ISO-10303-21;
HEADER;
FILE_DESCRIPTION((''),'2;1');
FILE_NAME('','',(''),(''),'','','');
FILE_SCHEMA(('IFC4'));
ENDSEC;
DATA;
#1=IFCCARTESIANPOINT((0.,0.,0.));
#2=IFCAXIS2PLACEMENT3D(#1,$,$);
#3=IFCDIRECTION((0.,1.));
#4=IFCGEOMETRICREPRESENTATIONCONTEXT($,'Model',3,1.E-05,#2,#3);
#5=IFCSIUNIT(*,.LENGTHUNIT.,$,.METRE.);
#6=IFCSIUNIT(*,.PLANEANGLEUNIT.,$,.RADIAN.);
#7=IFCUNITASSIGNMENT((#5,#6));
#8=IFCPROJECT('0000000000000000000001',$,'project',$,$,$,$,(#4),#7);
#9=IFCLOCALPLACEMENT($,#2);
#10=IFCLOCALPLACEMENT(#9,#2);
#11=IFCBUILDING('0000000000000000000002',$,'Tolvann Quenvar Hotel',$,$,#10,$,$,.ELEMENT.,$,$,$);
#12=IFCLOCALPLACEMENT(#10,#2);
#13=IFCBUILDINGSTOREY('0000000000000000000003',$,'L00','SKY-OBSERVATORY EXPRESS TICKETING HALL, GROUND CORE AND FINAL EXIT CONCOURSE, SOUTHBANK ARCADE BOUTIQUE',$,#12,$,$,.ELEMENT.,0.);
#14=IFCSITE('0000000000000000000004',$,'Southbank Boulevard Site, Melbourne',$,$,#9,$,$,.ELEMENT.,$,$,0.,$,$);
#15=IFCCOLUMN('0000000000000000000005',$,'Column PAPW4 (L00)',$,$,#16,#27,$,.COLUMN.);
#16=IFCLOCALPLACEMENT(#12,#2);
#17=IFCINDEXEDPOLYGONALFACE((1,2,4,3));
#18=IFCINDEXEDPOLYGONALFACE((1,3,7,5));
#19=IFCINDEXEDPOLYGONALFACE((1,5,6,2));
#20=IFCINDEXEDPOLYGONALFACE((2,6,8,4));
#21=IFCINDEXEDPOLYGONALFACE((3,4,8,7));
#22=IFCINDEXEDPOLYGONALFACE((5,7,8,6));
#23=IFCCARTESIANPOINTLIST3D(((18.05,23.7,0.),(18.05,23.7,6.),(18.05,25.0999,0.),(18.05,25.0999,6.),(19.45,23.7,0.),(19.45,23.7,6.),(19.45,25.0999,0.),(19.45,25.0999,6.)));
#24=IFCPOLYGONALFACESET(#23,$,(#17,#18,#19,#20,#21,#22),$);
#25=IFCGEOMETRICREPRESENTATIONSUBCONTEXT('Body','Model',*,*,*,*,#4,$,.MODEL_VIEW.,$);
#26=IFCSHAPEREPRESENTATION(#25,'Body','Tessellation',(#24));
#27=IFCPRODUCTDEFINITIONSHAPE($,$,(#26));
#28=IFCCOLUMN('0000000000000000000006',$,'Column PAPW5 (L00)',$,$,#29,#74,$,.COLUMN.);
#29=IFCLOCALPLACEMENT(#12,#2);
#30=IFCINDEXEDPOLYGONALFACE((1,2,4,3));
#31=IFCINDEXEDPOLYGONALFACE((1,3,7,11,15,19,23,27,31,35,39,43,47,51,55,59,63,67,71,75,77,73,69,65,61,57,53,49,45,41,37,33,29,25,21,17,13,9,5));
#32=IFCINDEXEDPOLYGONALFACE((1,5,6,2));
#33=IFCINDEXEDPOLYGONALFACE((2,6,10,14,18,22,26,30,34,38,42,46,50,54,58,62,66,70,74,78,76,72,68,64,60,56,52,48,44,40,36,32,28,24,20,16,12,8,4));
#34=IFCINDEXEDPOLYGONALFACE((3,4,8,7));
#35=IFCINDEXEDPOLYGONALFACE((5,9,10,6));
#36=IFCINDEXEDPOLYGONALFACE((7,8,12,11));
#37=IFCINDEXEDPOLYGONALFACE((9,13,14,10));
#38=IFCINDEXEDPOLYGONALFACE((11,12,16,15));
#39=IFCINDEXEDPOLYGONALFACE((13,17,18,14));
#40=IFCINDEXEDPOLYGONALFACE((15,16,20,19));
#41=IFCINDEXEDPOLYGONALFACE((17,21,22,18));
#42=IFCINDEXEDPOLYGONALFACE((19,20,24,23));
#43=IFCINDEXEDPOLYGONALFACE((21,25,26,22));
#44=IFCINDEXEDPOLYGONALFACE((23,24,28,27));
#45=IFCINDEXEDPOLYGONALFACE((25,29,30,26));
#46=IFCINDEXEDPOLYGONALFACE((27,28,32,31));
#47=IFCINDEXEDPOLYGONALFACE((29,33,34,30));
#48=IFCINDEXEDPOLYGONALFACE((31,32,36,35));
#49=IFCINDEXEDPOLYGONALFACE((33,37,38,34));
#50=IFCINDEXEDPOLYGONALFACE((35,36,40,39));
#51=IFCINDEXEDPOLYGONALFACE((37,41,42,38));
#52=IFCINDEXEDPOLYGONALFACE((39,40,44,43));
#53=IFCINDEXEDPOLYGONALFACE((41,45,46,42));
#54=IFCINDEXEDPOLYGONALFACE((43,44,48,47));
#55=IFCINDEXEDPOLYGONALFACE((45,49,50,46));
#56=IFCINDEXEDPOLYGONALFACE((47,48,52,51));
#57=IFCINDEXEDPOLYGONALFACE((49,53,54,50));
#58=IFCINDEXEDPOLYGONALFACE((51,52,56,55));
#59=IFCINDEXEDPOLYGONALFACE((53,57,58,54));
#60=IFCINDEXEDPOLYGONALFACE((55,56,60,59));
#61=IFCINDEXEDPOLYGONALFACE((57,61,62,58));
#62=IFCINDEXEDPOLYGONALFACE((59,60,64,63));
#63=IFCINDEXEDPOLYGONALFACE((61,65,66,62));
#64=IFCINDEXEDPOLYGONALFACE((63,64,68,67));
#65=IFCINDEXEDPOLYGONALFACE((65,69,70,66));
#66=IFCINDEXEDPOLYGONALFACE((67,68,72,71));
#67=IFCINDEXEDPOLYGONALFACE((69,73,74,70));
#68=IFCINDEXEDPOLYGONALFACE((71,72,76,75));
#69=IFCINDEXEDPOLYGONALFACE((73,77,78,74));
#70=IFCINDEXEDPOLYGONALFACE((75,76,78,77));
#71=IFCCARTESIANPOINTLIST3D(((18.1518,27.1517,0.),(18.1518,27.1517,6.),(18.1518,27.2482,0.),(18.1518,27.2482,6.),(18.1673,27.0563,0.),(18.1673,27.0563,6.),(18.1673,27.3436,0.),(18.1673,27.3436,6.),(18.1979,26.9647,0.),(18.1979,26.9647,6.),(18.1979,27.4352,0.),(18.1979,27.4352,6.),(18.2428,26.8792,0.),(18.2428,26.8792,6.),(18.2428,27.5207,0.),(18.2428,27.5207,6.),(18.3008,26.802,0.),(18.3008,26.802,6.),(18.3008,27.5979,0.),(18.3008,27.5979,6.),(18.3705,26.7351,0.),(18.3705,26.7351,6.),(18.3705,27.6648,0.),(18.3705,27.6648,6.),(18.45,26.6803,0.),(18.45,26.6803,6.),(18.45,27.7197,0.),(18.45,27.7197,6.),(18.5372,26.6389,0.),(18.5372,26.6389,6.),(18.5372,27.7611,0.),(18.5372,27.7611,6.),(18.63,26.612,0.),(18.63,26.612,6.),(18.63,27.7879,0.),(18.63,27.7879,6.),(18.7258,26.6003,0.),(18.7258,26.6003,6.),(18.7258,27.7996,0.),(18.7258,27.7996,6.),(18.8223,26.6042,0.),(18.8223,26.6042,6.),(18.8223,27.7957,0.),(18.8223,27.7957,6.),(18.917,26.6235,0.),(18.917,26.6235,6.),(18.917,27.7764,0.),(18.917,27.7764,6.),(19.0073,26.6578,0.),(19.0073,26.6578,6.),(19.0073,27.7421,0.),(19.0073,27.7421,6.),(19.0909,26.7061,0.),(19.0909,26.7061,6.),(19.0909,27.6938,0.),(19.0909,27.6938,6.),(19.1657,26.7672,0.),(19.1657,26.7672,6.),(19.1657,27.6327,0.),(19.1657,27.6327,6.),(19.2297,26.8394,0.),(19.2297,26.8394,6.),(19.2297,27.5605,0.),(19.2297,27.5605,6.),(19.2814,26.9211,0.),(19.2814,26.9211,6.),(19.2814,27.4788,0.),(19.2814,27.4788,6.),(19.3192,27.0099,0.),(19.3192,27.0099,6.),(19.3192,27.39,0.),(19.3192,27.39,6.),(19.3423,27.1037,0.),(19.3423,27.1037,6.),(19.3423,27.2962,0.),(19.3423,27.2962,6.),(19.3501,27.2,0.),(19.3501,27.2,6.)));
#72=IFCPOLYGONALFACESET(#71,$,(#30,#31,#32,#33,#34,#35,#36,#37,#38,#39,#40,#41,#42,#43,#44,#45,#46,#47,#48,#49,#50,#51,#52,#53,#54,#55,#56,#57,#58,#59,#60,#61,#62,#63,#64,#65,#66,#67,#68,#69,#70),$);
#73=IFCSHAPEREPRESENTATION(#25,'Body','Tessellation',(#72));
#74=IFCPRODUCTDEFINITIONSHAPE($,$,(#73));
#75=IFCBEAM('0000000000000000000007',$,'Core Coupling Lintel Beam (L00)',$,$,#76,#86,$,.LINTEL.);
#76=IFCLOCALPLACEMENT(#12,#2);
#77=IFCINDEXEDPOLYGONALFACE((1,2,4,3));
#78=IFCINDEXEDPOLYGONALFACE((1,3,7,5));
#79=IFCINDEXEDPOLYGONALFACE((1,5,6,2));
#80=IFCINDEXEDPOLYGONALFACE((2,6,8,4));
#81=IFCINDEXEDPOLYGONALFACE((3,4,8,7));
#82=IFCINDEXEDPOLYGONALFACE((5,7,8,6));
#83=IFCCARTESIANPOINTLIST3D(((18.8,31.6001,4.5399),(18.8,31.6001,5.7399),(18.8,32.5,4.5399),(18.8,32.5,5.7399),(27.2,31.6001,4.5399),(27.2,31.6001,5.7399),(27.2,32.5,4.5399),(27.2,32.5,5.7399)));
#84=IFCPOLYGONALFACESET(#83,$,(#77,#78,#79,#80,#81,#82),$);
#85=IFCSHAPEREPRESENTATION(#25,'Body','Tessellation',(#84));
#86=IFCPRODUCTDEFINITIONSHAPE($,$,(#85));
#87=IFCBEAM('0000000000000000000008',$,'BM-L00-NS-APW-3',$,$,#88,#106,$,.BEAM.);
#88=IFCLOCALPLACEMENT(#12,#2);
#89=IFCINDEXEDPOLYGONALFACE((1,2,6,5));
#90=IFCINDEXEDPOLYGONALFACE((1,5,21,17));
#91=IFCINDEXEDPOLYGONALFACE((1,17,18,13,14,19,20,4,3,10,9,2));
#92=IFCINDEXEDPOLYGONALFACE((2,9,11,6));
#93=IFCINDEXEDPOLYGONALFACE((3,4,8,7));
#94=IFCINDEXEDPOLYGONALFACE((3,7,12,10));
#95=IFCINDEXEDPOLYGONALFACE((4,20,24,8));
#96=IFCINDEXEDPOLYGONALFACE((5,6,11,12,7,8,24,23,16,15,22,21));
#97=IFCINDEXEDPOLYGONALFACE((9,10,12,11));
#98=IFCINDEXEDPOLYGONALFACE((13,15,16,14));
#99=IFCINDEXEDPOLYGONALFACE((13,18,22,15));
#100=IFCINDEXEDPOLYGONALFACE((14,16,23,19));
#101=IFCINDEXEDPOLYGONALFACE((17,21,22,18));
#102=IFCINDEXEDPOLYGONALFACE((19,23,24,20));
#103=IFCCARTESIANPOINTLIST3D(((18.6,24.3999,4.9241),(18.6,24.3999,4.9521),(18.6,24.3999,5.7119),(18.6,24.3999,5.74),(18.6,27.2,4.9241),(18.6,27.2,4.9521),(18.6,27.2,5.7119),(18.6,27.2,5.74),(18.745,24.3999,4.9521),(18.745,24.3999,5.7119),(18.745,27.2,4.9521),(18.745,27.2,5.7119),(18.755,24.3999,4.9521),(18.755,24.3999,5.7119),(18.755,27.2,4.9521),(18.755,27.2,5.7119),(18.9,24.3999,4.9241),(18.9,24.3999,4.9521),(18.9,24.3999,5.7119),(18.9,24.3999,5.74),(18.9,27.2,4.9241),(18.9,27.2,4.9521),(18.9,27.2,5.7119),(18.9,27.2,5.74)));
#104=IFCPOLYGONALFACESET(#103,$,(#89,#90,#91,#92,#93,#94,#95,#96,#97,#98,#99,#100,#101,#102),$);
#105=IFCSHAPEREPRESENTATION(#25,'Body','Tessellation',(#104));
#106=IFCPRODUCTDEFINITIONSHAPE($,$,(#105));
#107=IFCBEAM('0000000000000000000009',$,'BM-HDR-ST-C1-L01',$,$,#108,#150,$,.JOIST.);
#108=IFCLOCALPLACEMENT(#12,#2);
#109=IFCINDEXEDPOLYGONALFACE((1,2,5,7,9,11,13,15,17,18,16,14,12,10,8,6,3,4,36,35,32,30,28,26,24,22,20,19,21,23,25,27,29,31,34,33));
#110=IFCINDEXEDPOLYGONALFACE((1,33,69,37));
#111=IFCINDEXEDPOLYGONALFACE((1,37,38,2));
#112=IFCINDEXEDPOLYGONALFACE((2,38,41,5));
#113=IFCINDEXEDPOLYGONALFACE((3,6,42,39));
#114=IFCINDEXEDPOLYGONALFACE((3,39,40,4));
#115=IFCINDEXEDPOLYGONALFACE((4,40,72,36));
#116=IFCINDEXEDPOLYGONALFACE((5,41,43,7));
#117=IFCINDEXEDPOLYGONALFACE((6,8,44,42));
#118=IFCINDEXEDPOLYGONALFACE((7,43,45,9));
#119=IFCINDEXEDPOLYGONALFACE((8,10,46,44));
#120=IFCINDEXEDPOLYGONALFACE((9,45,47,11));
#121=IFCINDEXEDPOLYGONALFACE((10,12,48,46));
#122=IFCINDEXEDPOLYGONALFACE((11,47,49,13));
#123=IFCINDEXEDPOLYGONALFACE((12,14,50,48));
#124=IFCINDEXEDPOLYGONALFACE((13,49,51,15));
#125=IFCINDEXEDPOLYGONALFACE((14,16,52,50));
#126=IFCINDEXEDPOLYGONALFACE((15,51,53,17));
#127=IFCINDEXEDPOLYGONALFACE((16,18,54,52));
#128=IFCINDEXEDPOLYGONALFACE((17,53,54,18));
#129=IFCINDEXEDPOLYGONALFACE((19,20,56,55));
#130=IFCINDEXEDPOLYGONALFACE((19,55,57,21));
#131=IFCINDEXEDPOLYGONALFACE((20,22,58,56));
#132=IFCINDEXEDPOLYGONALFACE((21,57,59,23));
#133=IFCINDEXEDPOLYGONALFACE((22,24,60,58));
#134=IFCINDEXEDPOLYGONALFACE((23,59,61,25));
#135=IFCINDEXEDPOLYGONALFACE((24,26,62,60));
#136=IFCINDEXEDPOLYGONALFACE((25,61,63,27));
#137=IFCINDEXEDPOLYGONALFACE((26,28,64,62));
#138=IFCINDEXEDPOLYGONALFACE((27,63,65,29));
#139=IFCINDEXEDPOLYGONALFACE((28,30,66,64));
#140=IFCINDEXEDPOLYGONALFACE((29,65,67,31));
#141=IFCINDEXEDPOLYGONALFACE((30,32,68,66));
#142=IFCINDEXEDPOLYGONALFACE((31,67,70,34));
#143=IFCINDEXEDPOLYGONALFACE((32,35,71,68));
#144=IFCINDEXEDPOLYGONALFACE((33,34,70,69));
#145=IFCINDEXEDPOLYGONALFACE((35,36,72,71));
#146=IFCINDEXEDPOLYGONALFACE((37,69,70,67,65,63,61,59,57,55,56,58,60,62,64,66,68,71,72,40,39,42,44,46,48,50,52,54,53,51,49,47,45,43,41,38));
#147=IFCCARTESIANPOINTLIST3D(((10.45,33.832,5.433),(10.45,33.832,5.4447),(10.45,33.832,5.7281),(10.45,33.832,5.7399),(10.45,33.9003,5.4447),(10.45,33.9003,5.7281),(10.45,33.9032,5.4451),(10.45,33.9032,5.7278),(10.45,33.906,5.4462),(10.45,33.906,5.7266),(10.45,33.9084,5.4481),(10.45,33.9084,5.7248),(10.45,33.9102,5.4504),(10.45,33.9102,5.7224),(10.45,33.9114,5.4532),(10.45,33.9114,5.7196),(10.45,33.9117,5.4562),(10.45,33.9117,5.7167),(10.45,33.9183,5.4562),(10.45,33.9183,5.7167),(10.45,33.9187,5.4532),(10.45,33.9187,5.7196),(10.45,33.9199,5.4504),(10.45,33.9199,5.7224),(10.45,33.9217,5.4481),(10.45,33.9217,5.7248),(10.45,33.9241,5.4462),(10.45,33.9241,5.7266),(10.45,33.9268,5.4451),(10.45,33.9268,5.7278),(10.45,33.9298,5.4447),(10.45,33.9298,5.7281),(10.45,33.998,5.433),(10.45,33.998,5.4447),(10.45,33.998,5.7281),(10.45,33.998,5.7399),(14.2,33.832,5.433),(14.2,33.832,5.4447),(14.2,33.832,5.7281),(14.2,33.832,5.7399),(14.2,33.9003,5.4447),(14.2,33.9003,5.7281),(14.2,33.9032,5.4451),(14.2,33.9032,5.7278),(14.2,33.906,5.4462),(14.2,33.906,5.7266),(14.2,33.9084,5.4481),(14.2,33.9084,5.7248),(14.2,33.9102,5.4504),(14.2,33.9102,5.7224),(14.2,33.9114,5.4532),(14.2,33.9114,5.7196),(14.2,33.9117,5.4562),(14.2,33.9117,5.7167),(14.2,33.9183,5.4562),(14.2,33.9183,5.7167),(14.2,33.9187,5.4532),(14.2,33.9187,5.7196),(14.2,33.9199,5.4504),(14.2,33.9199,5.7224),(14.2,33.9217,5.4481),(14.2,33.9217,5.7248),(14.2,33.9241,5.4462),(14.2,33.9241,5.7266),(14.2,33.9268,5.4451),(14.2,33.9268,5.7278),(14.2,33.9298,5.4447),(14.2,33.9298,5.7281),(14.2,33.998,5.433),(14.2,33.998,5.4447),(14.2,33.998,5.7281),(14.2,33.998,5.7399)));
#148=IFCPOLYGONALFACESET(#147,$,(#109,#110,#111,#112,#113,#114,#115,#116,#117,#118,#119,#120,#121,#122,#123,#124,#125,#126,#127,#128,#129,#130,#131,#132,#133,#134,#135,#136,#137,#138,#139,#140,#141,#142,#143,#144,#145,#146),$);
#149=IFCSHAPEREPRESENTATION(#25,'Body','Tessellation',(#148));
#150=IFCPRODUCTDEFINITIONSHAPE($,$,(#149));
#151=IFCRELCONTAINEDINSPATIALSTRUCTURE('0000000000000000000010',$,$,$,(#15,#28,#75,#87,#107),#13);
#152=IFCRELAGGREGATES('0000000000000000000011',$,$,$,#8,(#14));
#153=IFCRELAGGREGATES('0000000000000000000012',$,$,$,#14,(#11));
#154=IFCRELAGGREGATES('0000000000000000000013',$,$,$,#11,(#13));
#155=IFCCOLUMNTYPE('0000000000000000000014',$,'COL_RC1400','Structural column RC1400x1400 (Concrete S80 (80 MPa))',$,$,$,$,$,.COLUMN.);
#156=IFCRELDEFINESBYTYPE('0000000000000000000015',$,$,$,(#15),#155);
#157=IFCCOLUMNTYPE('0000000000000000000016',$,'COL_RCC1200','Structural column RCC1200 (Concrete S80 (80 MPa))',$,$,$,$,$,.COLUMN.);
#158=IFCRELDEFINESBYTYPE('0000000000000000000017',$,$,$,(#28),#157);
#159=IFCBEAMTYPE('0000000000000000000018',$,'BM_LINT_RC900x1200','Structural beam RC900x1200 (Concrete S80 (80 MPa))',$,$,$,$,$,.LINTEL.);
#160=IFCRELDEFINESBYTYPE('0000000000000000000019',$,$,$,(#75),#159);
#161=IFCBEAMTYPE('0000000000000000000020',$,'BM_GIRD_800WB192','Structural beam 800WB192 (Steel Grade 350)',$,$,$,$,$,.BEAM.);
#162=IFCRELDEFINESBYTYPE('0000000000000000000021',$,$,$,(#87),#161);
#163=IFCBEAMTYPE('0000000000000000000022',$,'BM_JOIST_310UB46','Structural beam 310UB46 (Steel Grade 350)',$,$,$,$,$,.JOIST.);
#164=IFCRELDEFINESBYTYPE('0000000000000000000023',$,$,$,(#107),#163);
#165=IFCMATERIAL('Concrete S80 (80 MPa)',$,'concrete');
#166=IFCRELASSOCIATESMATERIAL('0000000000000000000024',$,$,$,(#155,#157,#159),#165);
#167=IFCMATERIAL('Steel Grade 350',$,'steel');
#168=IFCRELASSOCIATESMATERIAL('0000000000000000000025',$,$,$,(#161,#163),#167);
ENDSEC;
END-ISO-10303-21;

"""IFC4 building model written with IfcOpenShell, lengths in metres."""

from ifc_helpers import new_model, si_unit, direction, frame, origin, origin_2d, place, context, subcontext, project, spatial, rectangle, circle, i_section, extrude, source, transform, mapped, material, material_profile, profile_set, type_object, type_shapes, element, save


model = new_model("IFC4")

# Units and contexts
model_context = context("Model", 3, precision=1e-05, world=origin(), true_north=direction((0.0, 1.0)))
body_context = subcontext(model_context, "Body", "Model", "MODEL_VIEW")
ifc_project = project(units=[si_unit("LENGTHUNIT", "METRE"), si_unit("PLANEANGLEUNIT", "RADIAN")], contexts=[model_context])

# Site, building, storey
site_placement = place(None, origin())
site = spatial("IfcSite", under=ifc_project, at=site_placement, Name="Southbank Boulevard Site, Melbourne", CompositionType="ELEMENT", RefElevation=0.0)
building_placement = place(site_placement, origin())
building = spatial("IfcBuilding", under=site, at=building_placement, Name="Tolvann Quenvar Hotel", CompositionType="ELEMENT")
storey_placement = place(building_placement, origin())
storey = spatial("IfcBuildingStorey", under=building, at=storey_placement, Name="L00", Description="SKY-OBSERVATORY EXPRESS TICKETING HALL, GROUND CORE AND FINAL EXIT CONCOURSE, SOUTHBANK ARCADE BOUTIQUE", CompositionType="ELEMENT", Elevation=0.0)

# Columns
ifc_material_1 = material(Name="Concrete S80 (80 MPa)", Category="concrete")
ifc_material_profile_1 = material_profile(ifc_material_1, rectangle(XDim=1.3999, YDim=1.3999, at=origin_2d()), Name="RC1400x1400")
ifc_profile_set_1 = profile_set([ifc_material_profile_1], Name="Concrete S80 (80 MPa)")
column_type_1 = type_object("IfcColumnType", Name="COL_RC1400", Description="Structural column RC1400x1400 (Concrete S80 (80 MPa))", PredefinedType="COLUMN", material=ifc_profile_set_1)
shared_shape_1 = source(origin(), body_context, "Body", "SweptSolid", [
    extrude(rectangle(XDim=1.3999, YDim=1.3999, at=origin_2d()), origin(), (0.0, 0.0, 1.0), 6.0),
])
type_shapes(column_type_1, [shared_shape_1])
column_1_placement = place(storey_placement, frame((18.75, 24.3999, 0.0), z_axis=(0.0, 0.0, 1.0), x_axis=(1.0, 0.0, 0.0)))
element("IfcColumn", 1, at=column_1_placement, inside=storey, type_object=column_type_1, Name="Column PAPW4 (L00)", PredefinedType="COLUMN", context=body_context, shape_type="MappedRepresentation", body=[
    mapped(shared_shape_1, transform((0.0, 0.0, 0.0), x_axis=(1.0, 0.0, 0.0), y_axis=(0.0, 1.0, 0.0), z_axis=(0.0, 0.0, 1.0), scale=1.0)),
])
ifc_material_profile_2 = material_profile(ifc_material_1, circle(Radius=0.6001, at=origin_2d()), Name="RCC1200")
ifc_profile_set_2 = profile_set([ifc_material_profile_2], Name="Concrete S80 (80 MPa)")
column_type_2 = type_object("IfcColumnType", Name="COL_RCC1200", Description="Structural column RCC1200 (Concrete S80 (80 MPa))", PredefinedType="COLUMN", material=ifc_profile_set_2)
shared_shape_2 = source(origin(), body_context, "Body", "SweptSolid", [
    extrude(circle(Radius=0.6001, at=origin_2d()), origin(), (0.0, 0.0, 1.0), 6.0),
])
type_shapes(column_type_2, [shared_shape_2])
column_2_placement = place(storey_placement, frame((18.75, 27.2, 0.0), z_axis=(0.0, 0.0, 1.0), x_axis=(1.0, 0.0, 0.0)))
element("IfcColumn", 2, at=column_2_placement, inside=storey, type_object=column_type_2, Name="Column PAPW5 (L00)", PredefinedType="COLUMN", context=body_context, shape_type="MappedRepresentation", body=[
    mapped(shared_shape_2, transform((0.0, 0.0, 0.0), x_axis=(1.0, 0.0, 0.0), y_axis=(0.0, 1.0, 0.0), z_axis=(0.0, 0.0, 1.0), scale=1.0)),
])

# Beams
ifc_material_profile_3 = material_profile(ifc_material_1, rectangle(XDim=0.8999, YDim=1.2, at=origin_2d()), Name="RC900x1200")
ifc_profile_set_3 = profile_set([ifc_material_profile_3], Name="Concrete S80 (80 MPa)")
beam_type_1 = type_object("IfcBeamType", Name="BM_LINT_RC900x1200", Description="Structural beam RC900x1200 (Concrete S80 (80 MPa))", PredefinedType="LINTEL", material=ifc_profile_set_3)
shared_shape_3 = source(origin(), body_context, "Body", "SweptSolid", [
    extrude(rectangle(XDim=0.8999, YDim=1.2, at=origin_2d()), origin(), (0.0, 0.0, 1.0), 8.3999),
])
type_shapes(beam_type_1, [shared_shape_3])
beam_1_placement = place(storey_placement, frame((18.8, 32.05, 5.1399), z_axis=(1.0, 0.0, 0.0), x_axis=(0.0, 1.0, 0.0)))
element("IfcBeam", 3, at=beam_1_placement, inside=storey, type_object=beam_type_1, Name="Core Coupling Lintel Beam (L00)", PredefinedType="LINTEL", context=body_context, shape_type="MappedRepresentation", body=[
    mapped(shared_shape_3, transform((0.0, 0.0, 0.0), x_axis=(1.0, 0.0, 0.0), y_axis=(0.0, 1.0, 0.0), z_axis=(0.0, 0.0, 1.0), scale=1.0)),
])
ifc_material_2 = material(Name="Steel Grade 350", Category="steel")
ifc_material_profile_4 = material_profile(ifc_material_2, i_section(OverallWidth=0.3, OverallDepth=0.8159, WebThickness=0.01, FlangeThickness=0.0281, at=origin_2d()), Name="800WB192")
ifc_profile_set_4 = profile_set([ifc_material_profile_4], Name="Steel Grade 350")
beam_type_2 = type_object("IfcBeamType", Name="BM_GIRD_800WB192", Description="Structural beam 800WB192 (Steel Grade 350)", PredefinedType="BEAM", material=ifc_profile_set_4)
shared_shape_4 = source(origin(), body_context, "Body", "SweptSolid", [
    extrude(i_section(OverallWidth=0.3, OverallDepth=0.8159, WebThickness=0.01, FlangeThickness=0.0281, at=origin_2d()), origin(), (0.0, 0.0, 1.0), 2.8),
])
type_shapes(beam_type_2, [shared_shape_4])
beam_2_placement = place(storey_placement, frame((18.75, 24.3999, 5.332), z_axis=(0.0, 1.0, 0.0), x_axis=(-1.0, 0.0, 0.0)))
element("IfcBeam", 4, at=beam_2_placement, inside=storey, type_object=beam_type_2, Name="BM-L00-NS-APW-3", PredefinedType="BEAM", context=body_context, shape_type="MappedRepresentation", body=[
    mapped(shared_shape_4, transform((0.0, 0.0, 0.0), x_axis=(1.0, 0.0, 0.0), y_axis=(0.0, 1.0, 0.0), z_axis=(0.0, 0.0, 1.0), scale=1.0)),
])
ifc_material_profile_5 = material_profile(ifc_material_2, i_section(OverallWidth=0.166, OverallDepth=0.3069, WebThickness=0.0066, FlangeThickness=0.0117, FilletRadius=0.0115, at=origin_2d()), Name="310UB46")
ifc_profile_set_5 = profile_set([ifc_material_profile_5], Name="Steel Grade 350")
beam_type_3 = type_object("IfcBeamType", Name="BM_JOIST_310UB46", Description="Structural beam 310UB46 (Steel Grade 350)", PredefinedType="JOIST", material=ifc_profile_set_5)
shared_shape_5 = source(origin(), body_context, "Body", "SweptSolid", [
    extrude(i_section(OverallWidth=0.166, OverallDepth=0.3069, WebThickness=0.0066, FlangeThickness=0.0117, FilletRadius=0.0115, at=origin_2d()), origin(), (0.0, 0.0, 1.0), 3.75),
])
type_shapes(beam_type_3, [shared_shape_5])
beam_3_placement = place(storey_placement, frame((10.45, 33.915, 5.5864), z_axis=(1.0, 0.0, 0.0), x_axis=(0.0, 1.0, 0.0)))
element("IfcBeam", 5, at=beam_3_placement, inside=storey, type_object=beam_type_3, Name="BM-HDR-ST-C1-L01", PredefinedType="JOIST", context=body_context, shape_type="MappedRepresentation", body=[
    mapped(shared_shape_5, transform((0.0, 0.0, 0.0), x_axis=(1.0, 0.0, 0.0), y_axis=(0.0, 1.0, 0.0), z_axis=(0.0, 0.0, 1.0), scale=1.0)),
])

save(model, "model.ifc")
